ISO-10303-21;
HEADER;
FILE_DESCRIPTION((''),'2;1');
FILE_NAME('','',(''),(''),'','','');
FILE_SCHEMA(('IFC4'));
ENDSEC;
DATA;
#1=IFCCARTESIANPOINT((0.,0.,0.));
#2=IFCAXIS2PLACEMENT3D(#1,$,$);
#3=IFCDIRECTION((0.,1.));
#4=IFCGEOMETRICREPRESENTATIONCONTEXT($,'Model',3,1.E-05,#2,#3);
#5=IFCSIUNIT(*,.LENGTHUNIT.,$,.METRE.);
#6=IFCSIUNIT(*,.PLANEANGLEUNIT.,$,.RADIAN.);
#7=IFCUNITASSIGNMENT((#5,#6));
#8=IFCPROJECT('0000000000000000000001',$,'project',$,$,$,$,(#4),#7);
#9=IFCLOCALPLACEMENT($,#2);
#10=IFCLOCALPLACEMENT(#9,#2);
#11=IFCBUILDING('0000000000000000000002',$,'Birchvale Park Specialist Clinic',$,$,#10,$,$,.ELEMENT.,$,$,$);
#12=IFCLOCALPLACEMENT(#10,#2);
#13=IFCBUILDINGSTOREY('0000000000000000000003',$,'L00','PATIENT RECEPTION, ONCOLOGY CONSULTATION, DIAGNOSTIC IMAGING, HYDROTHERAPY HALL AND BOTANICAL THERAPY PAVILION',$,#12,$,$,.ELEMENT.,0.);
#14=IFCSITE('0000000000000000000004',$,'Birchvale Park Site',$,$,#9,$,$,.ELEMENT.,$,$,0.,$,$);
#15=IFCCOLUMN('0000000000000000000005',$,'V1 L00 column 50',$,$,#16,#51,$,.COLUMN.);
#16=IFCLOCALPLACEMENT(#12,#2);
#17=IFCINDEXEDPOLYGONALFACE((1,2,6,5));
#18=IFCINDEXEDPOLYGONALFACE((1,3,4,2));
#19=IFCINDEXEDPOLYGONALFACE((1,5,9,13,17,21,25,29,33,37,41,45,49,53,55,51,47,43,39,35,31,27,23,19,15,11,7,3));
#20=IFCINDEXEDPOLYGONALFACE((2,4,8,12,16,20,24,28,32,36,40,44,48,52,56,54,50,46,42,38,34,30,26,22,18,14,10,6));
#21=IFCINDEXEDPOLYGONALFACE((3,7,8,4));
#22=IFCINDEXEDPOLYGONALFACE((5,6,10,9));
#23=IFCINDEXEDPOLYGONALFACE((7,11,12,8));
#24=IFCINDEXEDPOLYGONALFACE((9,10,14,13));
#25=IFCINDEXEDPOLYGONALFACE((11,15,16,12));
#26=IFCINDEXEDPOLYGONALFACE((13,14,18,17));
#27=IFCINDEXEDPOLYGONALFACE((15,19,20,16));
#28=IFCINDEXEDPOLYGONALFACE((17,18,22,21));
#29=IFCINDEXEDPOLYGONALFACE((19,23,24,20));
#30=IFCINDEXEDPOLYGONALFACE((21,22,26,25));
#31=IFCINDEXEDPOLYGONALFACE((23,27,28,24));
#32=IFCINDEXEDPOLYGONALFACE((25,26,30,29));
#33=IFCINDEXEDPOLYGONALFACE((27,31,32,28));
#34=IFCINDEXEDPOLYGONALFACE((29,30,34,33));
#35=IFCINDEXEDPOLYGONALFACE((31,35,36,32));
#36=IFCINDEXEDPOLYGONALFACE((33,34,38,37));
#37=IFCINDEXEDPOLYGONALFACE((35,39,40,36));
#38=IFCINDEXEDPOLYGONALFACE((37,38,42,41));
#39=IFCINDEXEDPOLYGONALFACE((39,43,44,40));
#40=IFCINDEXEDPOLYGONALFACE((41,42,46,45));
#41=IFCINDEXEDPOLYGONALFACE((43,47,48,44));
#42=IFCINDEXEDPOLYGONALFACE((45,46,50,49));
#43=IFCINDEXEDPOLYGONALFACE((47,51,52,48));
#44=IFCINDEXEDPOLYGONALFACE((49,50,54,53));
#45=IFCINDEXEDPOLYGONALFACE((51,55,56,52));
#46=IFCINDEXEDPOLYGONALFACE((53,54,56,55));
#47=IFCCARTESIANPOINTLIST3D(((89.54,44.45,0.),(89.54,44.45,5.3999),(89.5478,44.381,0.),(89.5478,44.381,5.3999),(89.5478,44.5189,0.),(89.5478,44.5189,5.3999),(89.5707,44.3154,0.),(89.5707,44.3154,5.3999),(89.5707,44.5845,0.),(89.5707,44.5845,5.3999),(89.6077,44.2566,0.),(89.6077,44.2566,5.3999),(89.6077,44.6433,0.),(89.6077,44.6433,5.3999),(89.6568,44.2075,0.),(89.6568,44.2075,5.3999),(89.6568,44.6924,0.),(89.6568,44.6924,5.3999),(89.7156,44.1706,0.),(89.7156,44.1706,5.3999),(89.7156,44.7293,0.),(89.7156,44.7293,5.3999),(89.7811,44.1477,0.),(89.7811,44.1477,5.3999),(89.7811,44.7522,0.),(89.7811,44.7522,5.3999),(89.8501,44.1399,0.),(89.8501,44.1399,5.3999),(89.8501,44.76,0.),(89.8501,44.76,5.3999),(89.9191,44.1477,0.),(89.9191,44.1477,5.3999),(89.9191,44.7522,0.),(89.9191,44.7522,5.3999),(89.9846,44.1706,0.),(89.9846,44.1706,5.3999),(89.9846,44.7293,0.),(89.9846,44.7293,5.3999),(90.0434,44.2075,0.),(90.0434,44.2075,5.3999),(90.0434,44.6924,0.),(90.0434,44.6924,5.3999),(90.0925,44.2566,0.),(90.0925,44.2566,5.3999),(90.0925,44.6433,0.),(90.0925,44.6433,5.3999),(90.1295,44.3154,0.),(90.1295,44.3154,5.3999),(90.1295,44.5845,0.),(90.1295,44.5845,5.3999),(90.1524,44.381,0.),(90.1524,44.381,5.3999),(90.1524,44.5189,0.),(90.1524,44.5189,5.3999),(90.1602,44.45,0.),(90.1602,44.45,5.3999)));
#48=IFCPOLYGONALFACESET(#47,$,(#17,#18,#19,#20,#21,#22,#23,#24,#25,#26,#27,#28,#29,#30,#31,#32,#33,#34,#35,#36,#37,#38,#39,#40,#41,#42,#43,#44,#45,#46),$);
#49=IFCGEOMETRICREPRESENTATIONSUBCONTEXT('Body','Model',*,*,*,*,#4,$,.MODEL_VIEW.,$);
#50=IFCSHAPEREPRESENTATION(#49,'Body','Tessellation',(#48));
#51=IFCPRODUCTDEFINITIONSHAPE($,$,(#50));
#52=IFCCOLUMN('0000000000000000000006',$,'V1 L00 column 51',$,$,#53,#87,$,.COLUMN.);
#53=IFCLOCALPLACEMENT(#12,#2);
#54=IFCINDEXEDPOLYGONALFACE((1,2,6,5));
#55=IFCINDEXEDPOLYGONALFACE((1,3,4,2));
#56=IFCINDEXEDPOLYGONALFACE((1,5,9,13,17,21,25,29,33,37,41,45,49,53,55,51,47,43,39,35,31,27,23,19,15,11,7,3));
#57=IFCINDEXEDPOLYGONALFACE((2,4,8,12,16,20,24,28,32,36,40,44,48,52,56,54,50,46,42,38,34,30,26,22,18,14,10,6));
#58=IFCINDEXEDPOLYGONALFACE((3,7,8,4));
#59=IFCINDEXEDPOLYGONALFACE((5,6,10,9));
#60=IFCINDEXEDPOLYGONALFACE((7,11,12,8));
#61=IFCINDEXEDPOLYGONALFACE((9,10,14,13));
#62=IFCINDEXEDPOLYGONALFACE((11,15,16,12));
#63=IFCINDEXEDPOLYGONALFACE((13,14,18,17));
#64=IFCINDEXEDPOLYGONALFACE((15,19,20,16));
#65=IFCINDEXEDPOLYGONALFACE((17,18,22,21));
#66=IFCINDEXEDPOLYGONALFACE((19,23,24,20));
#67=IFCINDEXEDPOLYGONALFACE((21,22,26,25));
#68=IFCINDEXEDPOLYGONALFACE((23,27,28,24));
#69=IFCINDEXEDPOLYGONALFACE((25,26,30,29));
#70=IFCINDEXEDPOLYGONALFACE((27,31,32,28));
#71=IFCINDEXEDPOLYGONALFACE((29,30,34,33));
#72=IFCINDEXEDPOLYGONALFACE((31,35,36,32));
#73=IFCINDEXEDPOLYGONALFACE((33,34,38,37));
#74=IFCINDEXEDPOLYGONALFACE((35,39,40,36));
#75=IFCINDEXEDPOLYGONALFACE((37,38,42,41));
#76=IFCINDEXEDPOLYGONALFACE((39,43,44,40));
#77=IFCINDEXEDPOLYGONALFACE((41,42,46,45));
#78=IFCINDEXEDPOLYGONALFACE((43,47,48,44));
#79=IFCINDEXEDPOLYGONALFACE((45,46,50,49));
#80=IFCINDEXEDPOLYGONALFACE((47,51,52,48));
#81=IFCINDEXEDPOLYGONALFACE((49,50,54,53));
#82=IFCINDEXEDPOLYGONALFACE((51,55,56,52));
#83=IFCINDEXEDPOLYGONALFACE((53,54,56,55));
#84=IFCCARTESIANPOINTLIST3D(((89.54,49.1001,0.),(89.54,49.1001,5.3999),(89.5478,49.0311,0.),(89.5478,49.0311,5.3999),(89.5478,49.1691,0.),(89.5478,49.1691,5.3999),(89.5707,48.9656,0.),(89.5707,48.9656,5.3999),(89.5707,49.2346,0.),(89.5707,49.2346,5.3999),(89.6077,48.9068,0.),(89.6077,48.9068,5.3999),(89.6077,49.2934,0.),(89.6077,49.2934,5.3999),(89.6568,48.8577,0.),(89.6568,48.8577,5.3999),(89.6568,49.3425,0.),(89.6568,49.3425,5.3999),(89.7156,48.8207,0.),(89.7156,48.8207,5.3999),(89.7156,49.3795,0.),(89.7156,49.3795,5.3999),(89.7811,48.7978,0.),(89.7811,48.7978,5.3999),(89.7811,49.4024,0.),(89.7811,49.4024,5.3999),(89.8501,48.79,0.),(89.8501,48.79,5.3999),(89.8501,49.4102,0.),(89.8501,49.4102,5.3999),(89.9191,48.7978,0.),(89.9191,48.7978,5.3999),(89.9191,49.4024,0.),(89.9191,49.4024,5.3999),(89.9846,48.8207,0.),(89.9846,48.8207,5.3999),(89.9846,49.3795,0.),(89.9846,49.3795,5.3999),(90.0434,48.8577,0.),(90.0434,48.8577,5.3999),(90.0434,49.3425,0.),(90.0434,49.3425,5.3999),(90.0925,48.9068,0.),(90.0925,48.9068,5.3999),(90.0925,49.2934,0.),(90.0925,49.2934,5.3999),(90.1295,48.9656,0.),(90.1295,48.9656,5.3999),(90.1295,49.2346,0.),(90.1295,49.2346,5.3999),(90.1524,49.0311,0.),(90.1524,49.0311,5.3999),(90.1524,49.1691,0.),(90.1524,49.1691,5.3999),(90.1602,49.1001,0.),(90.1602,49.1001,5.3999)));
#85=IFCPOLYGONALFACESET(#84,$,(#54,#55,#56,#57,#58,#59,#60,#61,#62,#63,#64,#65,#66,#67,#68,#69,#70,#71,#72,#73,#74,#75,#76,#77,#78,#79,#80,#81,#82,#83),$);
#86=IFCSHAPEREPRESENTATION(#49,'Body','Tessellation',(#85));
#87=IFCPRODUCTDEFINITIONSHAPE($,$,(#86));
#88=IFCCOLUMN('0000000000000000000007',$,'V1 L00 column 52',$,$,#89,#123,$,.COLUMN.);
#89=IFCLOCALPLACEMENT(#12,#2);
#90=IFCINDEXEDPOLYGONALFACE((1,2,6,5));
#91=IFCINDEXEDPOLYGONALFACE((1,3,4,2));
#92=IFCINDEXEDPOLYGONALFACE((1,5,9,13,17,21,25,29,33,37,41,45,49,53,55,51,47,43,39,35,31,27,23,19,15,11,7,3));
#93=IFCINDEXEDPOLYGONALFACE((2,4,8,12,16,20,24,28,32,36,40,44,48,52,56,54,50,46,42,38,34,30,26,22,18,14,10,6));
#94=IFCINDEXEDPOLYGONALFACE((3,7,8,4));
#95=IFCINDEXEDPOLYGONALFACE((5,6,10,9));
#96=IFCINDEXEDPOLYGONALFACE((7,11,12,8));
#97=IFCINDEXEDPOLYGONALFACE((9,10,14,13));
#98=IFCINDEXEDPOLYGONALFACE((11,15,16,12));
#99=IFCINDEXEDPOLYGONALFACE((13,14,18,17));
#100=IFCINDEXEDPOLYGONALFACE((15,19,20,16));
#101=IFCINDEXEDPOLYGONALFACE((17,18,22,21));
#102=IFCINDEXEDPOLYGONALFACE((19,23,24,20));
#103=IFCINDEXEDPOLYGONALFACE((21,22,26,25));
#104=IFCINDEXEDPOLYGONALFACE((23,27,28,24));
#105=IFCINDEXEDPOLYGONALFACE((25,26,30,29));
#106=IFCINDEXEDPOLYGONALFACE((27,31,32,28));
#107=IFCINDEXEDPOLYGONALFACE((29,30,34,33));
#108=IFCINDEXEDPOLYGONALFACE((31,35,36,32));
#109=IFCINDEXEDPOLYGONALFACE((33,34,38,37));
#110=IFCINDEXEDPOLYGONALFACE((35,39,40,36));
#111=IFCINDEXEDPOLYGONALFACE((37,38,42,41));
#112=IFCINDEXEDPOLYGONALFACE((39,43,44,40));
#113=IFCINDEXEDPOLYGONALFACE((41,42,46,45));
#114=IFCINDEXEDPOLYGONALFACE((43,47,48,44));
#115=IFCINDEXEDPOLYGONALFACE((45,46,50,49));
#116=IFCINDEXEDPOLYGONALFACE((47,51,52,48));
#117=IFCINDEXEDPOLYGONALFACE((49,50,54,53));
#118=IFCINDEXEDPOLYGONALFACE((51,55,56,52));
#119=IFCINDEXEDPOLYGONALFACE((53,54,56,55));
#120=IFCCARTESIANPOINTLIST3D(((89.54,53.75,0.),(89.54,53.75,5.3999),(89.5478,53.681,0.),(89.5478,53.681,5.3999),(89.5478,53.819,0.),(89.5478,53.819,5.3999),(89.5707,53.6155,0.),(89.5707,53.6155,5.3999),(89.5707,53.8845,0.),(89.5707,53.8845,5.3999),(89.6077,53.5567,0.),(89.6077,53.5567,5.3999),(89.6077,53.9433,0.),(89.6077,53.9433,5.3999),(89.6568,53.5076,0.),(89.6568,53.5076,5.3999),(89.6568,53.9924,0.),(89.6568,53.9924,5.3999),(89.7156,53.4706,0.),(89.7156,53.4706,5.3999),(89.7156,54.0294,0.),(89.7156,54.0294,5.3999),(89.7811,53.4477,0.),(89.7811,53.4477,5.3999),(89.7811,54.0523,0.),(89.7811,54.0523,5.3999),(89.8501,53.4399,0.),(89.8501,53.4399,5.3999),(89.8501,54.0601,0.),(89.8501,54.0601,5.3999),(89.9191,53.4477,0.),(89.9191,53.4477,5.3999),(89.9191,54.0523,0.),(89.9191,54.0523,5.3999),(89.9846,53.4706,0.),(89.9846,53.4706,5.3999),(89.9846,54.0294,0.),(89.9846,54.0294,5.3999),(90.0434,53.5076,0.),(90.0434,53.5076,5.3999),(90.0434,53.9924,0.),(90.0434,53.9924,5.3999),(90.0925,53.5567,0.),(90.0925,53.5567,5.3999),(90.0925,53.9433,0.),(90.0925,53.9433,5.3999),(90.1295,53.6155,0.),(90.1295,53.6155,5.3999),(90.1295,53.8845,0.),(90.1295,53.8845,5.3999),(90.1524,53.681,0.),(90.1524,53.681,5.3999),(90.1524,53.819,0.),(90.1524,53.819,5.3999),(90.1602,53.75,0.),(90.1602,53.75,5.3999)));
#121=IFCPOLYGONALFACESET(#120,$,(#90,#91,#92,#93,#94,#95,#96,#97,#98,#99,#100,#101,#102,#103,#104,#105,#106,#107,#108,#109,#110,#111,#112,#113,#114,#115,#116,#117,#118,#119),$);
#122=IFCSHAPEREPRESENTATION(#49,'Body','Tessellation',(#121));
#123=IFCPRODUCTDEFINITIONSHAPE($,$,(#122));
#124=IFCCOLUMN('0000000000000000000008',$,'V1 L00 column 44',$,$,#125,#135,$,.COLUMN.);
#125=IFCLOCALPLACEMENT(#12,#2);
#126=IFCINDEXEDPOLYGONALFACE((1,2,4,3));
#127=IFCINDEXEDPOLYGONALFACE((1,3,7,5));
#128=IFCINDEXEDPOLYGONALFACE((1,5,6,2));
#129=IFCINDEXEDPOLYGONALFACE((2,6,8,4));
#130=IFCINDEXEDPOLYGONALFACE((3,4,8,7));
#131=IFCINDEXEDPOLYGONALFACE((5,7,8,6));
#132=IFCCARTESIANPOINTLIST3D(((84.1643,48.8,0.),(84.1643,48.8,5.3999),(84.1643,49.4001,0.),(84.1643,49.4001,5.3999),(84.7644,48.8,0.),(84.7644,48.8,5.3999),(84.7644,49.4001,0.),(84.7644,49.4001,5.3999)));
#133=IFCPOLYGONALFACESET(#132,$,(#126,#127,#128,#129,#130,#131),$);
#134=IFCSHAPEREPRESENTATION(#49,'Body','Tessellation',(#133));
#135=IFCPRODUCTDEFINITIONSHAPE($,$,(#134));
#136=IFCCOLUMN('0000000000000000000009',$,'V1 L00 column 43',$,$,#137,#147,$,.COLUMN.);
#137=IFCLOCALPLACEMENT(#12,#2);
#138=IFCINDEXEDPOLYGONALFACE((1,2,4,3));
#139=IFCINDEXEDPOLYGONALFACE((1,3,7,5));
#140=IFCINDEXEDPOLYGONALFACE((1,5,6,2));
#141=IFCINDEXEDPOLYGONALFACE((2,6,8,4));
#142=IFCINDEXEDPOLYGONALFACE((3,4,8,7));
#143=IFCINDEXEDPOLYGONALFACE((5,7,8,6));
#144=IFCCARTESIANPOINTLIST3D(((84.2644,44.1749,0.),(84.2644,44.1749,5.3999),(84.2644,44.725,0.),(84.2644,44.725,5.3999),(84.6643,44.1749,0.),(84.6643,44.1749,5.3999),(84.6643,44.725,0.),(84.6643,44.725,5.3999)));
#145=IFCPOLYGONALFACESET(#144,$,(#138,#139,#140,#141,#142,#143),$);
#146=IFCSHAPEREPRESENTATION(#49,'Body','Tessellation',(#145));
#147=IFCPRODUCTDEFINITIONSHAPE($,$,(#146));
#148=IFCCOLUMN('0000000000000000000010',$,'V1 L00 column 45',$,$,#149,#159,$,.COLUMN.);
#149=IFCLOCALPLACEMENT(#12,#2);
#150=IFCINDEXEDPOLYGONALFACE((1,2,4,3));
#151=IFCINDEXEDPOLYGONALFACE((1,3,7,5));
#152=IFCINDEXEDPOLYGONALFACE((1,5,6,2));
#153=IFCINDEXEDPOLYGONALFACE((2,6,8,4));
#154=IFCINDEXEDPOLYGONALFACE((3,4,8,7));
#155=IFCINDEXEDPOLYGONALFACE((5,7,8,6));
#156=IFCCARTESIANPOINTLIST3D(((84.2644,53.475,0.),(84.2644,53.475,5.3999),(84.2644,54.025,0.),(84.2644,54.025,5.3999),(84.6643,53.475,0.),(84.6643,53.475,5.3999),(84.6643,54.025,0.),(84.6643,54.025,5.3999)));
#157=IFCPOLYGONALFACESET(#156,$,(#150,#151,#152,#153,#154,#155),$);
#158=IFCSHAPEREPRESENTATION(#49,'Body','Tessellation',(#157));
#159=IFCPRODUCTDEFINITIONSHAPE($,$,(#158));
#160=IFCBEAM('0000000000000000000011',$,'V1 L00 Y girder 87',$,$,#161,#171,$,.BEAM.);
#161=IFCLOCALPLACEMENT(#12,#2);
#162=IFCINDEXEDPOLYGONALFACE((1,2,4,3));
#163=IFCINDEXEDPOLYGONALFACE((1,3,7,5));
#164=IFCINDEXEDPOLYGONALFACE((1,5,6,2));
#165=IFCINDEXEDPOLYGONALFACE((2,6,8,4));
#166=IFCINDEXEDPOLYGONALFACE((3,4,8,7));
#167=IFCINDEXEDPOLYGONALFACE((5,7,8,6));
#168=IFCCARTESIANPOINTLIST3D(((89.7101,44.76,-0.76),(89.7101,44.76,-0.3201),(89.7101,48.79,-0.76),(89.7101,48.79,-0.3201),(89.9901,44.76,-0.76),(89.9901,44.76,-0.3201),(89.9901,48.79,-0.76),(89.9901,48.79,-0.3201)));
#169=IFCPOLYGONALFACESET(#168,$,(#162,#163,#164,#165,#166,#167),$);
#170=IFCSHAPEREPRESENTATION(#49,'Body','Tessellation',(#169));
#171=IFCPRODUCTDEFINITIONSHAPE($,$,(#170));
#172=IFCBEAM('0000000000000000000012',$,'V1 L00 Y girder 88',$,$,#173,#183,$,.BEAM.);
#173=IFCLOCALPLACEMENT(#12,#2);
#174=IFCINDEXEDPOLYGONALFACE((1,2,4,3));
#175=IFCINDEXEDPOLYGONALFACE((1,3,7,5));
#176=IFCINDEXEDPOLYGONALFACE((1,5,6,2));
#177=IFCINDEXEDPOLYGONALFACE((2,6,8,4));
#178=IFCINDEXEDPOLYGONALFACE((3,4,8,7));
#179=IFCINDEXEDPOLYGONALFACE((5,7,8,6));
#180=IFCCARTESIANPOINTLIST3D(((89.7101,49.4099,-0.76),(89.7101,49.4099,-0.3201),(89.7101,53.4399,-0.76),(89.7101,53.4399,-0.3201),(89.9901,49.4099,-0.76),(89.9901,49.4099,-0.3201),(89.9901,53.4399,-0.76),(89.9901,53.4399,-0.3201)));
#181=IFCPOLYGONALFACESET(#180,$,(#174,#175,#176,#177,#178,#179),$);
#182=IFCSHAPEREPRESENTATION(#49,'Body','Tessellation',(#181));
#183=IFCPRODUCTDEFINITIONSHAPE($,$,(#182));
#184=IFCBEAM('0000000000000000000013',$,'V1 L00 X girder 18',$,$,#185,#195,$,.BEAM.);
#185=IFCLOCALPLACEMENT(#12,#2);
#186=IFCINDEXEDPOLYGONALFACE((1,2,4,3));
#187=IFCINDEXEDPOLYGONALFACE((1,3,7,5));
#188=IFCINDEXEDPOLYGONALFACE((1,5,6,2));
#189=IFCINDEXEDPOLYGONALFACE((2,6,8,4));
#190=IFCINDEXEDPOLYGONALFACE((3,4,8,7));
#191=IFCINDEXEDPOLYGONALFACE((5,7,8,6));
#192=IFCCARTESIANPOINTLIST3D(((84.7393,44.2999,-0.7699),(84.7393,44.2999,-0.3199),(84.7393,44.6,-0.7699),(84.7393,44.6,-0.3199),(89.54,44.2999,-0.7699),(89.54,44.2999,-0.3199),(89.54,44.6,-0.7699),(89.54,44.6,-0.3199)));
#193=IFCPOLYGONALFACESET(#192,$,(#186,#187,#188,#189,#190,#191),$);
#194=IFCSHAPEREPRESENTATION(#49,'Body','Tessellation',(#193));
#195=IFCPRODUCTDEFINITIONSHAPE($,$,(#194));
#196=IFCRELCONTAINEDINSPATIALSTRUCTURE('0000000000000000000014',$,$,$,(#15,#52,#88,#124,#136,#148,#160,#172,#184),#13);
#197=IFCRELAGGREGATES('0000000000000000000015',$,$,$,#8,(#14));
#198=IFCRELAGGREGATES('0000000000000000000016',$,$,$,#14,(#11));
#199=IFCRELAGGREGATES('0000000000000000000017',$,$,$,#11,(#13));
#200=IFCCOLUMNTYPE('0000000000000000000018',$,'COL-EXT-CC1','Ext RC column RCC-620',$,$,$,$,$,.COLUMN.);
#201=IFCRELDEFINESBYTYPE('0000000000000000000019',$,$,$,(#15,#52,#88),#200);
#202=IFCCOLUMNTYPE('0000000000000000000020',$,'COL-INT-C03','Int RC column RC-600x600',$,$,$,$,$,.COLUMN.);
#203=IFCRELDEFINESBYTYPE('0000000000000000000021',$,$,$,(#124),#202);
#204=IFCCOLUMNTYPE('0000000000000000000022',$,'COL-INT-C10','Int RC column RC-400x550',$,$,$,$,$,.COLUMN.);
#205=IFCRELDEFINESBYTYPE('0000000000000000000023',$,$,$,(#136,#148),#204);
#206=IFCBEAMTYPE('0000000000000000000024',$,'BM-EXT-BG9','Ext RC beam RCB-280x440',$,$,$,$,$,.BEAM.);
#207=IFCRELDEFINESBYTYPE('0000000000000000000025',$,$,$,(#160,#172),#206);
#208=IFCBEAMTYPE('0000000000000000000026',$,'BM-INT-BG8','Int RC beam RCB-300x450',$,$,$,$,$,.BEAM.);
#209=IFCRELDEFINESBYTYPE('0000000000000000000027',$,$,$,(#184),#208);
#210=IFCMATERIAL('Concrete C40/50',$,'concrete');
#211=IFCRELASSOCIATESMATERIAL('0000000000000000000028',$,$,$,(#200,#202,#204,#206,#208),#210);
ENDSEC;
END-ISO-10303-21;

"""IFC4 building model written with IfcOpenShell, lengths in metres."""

from ifc_helpers import new_model, si_unit, direction, frame, origin, origin_2d, place, context, subcontext, project, spatial, rectangle, circle, extrude, material, material_profile, profile_set, type_object, element, save


model = new_model("IFC4")

# Units and contexts
model_context = context("Model", 3, precision=1e-05, world=origin(), true_north=direction((0.0, 1.0)))
body_context = subcontext(model_context, "Body", "Model", "MODEL_VIEW")
ifc_project = project(units=[si_unit("LENGTHUNIT", "METRE"), si_unit("PLANEANGLEUNIT", "RADIAN")], contexts=[model_context])

# Site, building, storey
site_placement = place(None, origin())
site = spatial("IfcSite", under=ifc_project, at=site_placement, Name="Birchvale Park Site", CompositionType="ELEMENT", RefElevation=0.0)
building_placement = place(site_placement, origin())
building = spatial("IfcBuilding", under=site, at=building_placement, Name="Birchvale Park Specialist Clinic", CompositionType="ELEMENT")
storey_placement = place(building_placement, origin())
storey = spatial("IfcBuildingStorey", under=building, at=storey_placement, Name="L00", Description="PATIENT RECEPTION, ONCOLOGY CONSULTATION, DIAGNOSTIC IMAGING, HYDROTHERAPY HALL AND BOTANICAL THERAPY PAVILION", CompositionType="ELEMENT", Elevation=0.0)

# Columns
ifc_material_1 = material(Name="Concrete C40/50", Category="concrete")
ifc_material_profile_1 = material_profile(ifc_material_1, circle(Radius=0.3101, at=origin_2d()), Name="RCC-620")
ifc_profile_set_1 = profile_set([ifc_material_profile_1], Name="Concrete C40/50")
column_type_1 = type_object("IfcColumnType", Name="COL-EXT-CC1", Description="Ext RC column RCC-620", PredefinedType="COLUMN", material=ifc_profile_set_1)
for number, where, z_axis, x_axis, name in (
    (1, (89.8501, 44.45, 0.0), (0.0, 0.0, 1.0), (1.0, 0.0, 0.0), "V1 L00 column 50"),
    (2, (89.8501, 49.1001, 0.0), (0.0, 0.0, 1.0), (1.0, 0.0, 0.0), "V1 L00 column 51"),
    (3, (89.8501, 53.75, 0.0), (0.0, 0.0, 1.0), (1.0, 0.0, 0.0), "V1 L00 column 52"),
):
    element("IfcColumn", number, at=place(storey_placement, frame(where, z_axis=z_axis, x_axis=x_axis)), inside=storey, type_object=column_type_1, Name=name, PredefinedType="COLUMN", context=body_context, shape_type="SweptSolid", body=[
        extrude(circle(Radius=0.3101, at=origin_2d()), origin(), (0.0, 0.0, 1.0), 5.3999),
    ])
ifc_material_profile_2 = material_profile(ifc_material_1, rectangle(XDim=0.6001, YDim=0.6001, at=origin_2d()), Name="RC-600x600")
ifc_profile_set_2 = profile_set([ifc_material_profile_2], Name="Concrete C40/50")
column_type_2 = type_object("IfcColumnType", Name="COL-INT-C03", Description="Int RC column RC-600x600", PredefinedType="COLUMN", material=ifc_profile_set_2)
column_placement = place(storey_placement, frame((84.4644, 49.1001, 0.0), z_axis=(0.0, 0.0, 1.0), x_axis=(1.0, 0.0, 0.0)))
element("IfcColumn", 4, at=column_placement, inside=storey, type_object=column_type_2, Name="V1 L00 column 44", PredefinedType="COLUMN", context=body_context, shape_type="SweptSolid", body=[
    extrude(rectangle(XDim=0.6001, YDim=0.6001, at=origin_2d()), origin(), (0.0, 0.0, 1.0), 5.3999),
])
ifc_material_profile_3 = material_profile(ifc_material_1, rectangle(XDim=0.3999, YDim=0.55, at=origin_2d()), Name="RC-400x550")
ifc_profile_set_3 = profile_set([ifc_material_profile_3], Name="Concrete C40/50")
column_type_3 = type_object("IfcColumnType", Name="COL-INT-C10", Description="Int RC column RC-400x550", PredefinedType="COLUMN", material=ifc_profile_set_3)
for number, where, z_axis, x_axis, name in (
    (5, (84.4644, 44.45, 0.0), (0.0, 0.0, 1.0), (1.0, 0.0, 0.0), "V1 L00 column 43"),
    (6, (84.4644, 53.75, 0.0), (0.0, 0.0, 1.0), (1.0, 0.0, 0.0), "V1 L00 column 45"),
):
    element("IfcColumn", number, at=place(storey_placement, frame(where, z_axis=z_axis, x_axis=x_axis)), inside=storey, type_object=column_type_3, Name=name, PredefinedType="COLUMN", context=body_context, shape_type="SweptSolid", body=[
        extrude(rectangle(XDim=0.3999, YDim=0.55, at=origin_2d()), origin(), (0.0, 0.0, 1.0), 5.3999),
    ])

# Beams
ifc_material_profile_4 = material_profile(ifc_material_1, rectangle(XDim=0.28, YDim=0.4399, at=origin_2d()), Name="RCB-280x440")
ifc_profile_set_4 = profile_set([ifc_material_profile_4], Name="Concrete C40/50")
beam_type_1 = type_object("IfcBeamType", Name="BM-EXT-BG9", Description="Ext RC beam RCB-280x440", PredefinedType="BEAM", material=ifc_profile_set_4)
for number, where, z_axis, x_axis, name in (
    (7, (89.8501, 44.76, -0.54), (0.0, 1.0, 0.0), (-1.0, 0.0, 0.0), "V1 L00 Y girder 87"),
    (8, (89.8501, 49.4099, -0.54), (0.0, 1.0, 0.0), (-1.0, 0.0, 0.0), "V1 L00 Y girder 88"),
):
    element("IfcBeam", number, at=place(storey_placement, frame(where, z_axis=z_axis, x_axis=x_axis)), inside=storey, type_object=beam_type_1, Name=name, PredefinedType="BEAM", context=body_context, shape_type="SweptSolid", body=[
        extrude(rectangle(XDim=0.28, YDim=0.4399, at=origin_2d()), origin(), (0.0, 0.0, 1.0), 4.03),
    ])
ifc_material_profile_5 = material_profile(ifc_material_1, rectangle(XDim=0.3, YDim=0.45, at=origin_2d()), Name="RCB-300x450")
ifc_profile_set_5 = profile_set([ifc_material_profile_5], Name="Concrete C40/50")
beam_type_2 = type_object("IfcBeamType", Name="BM-INT-BG8", Description="Int RC beam RCB-300x450", PredefinedType="BEAM", material=ifc_profile_set_5)
beam_1_placement = place(storey_placement, frame((84.7393, 44.45, -0.5449), z_axis=(1.0, 0.0, 0.0), x_axis=(0.0, 1.0, 0.0)))
element("IfcBeam", 9, at=beam_1_placement, inside=storey, type_object=beam_type_2, Name="V1 L00 X girder 18", PredefinedType="BEAM", context=body_context, shape_type="SweptSolid", body=[
    extrude(rectangle(XDim=0.3, YDim=0.45, at=origin_2d()), origin(), (0.0, 0.0, 1.0), 4.8008),
])

save(model, "model.ifc")
